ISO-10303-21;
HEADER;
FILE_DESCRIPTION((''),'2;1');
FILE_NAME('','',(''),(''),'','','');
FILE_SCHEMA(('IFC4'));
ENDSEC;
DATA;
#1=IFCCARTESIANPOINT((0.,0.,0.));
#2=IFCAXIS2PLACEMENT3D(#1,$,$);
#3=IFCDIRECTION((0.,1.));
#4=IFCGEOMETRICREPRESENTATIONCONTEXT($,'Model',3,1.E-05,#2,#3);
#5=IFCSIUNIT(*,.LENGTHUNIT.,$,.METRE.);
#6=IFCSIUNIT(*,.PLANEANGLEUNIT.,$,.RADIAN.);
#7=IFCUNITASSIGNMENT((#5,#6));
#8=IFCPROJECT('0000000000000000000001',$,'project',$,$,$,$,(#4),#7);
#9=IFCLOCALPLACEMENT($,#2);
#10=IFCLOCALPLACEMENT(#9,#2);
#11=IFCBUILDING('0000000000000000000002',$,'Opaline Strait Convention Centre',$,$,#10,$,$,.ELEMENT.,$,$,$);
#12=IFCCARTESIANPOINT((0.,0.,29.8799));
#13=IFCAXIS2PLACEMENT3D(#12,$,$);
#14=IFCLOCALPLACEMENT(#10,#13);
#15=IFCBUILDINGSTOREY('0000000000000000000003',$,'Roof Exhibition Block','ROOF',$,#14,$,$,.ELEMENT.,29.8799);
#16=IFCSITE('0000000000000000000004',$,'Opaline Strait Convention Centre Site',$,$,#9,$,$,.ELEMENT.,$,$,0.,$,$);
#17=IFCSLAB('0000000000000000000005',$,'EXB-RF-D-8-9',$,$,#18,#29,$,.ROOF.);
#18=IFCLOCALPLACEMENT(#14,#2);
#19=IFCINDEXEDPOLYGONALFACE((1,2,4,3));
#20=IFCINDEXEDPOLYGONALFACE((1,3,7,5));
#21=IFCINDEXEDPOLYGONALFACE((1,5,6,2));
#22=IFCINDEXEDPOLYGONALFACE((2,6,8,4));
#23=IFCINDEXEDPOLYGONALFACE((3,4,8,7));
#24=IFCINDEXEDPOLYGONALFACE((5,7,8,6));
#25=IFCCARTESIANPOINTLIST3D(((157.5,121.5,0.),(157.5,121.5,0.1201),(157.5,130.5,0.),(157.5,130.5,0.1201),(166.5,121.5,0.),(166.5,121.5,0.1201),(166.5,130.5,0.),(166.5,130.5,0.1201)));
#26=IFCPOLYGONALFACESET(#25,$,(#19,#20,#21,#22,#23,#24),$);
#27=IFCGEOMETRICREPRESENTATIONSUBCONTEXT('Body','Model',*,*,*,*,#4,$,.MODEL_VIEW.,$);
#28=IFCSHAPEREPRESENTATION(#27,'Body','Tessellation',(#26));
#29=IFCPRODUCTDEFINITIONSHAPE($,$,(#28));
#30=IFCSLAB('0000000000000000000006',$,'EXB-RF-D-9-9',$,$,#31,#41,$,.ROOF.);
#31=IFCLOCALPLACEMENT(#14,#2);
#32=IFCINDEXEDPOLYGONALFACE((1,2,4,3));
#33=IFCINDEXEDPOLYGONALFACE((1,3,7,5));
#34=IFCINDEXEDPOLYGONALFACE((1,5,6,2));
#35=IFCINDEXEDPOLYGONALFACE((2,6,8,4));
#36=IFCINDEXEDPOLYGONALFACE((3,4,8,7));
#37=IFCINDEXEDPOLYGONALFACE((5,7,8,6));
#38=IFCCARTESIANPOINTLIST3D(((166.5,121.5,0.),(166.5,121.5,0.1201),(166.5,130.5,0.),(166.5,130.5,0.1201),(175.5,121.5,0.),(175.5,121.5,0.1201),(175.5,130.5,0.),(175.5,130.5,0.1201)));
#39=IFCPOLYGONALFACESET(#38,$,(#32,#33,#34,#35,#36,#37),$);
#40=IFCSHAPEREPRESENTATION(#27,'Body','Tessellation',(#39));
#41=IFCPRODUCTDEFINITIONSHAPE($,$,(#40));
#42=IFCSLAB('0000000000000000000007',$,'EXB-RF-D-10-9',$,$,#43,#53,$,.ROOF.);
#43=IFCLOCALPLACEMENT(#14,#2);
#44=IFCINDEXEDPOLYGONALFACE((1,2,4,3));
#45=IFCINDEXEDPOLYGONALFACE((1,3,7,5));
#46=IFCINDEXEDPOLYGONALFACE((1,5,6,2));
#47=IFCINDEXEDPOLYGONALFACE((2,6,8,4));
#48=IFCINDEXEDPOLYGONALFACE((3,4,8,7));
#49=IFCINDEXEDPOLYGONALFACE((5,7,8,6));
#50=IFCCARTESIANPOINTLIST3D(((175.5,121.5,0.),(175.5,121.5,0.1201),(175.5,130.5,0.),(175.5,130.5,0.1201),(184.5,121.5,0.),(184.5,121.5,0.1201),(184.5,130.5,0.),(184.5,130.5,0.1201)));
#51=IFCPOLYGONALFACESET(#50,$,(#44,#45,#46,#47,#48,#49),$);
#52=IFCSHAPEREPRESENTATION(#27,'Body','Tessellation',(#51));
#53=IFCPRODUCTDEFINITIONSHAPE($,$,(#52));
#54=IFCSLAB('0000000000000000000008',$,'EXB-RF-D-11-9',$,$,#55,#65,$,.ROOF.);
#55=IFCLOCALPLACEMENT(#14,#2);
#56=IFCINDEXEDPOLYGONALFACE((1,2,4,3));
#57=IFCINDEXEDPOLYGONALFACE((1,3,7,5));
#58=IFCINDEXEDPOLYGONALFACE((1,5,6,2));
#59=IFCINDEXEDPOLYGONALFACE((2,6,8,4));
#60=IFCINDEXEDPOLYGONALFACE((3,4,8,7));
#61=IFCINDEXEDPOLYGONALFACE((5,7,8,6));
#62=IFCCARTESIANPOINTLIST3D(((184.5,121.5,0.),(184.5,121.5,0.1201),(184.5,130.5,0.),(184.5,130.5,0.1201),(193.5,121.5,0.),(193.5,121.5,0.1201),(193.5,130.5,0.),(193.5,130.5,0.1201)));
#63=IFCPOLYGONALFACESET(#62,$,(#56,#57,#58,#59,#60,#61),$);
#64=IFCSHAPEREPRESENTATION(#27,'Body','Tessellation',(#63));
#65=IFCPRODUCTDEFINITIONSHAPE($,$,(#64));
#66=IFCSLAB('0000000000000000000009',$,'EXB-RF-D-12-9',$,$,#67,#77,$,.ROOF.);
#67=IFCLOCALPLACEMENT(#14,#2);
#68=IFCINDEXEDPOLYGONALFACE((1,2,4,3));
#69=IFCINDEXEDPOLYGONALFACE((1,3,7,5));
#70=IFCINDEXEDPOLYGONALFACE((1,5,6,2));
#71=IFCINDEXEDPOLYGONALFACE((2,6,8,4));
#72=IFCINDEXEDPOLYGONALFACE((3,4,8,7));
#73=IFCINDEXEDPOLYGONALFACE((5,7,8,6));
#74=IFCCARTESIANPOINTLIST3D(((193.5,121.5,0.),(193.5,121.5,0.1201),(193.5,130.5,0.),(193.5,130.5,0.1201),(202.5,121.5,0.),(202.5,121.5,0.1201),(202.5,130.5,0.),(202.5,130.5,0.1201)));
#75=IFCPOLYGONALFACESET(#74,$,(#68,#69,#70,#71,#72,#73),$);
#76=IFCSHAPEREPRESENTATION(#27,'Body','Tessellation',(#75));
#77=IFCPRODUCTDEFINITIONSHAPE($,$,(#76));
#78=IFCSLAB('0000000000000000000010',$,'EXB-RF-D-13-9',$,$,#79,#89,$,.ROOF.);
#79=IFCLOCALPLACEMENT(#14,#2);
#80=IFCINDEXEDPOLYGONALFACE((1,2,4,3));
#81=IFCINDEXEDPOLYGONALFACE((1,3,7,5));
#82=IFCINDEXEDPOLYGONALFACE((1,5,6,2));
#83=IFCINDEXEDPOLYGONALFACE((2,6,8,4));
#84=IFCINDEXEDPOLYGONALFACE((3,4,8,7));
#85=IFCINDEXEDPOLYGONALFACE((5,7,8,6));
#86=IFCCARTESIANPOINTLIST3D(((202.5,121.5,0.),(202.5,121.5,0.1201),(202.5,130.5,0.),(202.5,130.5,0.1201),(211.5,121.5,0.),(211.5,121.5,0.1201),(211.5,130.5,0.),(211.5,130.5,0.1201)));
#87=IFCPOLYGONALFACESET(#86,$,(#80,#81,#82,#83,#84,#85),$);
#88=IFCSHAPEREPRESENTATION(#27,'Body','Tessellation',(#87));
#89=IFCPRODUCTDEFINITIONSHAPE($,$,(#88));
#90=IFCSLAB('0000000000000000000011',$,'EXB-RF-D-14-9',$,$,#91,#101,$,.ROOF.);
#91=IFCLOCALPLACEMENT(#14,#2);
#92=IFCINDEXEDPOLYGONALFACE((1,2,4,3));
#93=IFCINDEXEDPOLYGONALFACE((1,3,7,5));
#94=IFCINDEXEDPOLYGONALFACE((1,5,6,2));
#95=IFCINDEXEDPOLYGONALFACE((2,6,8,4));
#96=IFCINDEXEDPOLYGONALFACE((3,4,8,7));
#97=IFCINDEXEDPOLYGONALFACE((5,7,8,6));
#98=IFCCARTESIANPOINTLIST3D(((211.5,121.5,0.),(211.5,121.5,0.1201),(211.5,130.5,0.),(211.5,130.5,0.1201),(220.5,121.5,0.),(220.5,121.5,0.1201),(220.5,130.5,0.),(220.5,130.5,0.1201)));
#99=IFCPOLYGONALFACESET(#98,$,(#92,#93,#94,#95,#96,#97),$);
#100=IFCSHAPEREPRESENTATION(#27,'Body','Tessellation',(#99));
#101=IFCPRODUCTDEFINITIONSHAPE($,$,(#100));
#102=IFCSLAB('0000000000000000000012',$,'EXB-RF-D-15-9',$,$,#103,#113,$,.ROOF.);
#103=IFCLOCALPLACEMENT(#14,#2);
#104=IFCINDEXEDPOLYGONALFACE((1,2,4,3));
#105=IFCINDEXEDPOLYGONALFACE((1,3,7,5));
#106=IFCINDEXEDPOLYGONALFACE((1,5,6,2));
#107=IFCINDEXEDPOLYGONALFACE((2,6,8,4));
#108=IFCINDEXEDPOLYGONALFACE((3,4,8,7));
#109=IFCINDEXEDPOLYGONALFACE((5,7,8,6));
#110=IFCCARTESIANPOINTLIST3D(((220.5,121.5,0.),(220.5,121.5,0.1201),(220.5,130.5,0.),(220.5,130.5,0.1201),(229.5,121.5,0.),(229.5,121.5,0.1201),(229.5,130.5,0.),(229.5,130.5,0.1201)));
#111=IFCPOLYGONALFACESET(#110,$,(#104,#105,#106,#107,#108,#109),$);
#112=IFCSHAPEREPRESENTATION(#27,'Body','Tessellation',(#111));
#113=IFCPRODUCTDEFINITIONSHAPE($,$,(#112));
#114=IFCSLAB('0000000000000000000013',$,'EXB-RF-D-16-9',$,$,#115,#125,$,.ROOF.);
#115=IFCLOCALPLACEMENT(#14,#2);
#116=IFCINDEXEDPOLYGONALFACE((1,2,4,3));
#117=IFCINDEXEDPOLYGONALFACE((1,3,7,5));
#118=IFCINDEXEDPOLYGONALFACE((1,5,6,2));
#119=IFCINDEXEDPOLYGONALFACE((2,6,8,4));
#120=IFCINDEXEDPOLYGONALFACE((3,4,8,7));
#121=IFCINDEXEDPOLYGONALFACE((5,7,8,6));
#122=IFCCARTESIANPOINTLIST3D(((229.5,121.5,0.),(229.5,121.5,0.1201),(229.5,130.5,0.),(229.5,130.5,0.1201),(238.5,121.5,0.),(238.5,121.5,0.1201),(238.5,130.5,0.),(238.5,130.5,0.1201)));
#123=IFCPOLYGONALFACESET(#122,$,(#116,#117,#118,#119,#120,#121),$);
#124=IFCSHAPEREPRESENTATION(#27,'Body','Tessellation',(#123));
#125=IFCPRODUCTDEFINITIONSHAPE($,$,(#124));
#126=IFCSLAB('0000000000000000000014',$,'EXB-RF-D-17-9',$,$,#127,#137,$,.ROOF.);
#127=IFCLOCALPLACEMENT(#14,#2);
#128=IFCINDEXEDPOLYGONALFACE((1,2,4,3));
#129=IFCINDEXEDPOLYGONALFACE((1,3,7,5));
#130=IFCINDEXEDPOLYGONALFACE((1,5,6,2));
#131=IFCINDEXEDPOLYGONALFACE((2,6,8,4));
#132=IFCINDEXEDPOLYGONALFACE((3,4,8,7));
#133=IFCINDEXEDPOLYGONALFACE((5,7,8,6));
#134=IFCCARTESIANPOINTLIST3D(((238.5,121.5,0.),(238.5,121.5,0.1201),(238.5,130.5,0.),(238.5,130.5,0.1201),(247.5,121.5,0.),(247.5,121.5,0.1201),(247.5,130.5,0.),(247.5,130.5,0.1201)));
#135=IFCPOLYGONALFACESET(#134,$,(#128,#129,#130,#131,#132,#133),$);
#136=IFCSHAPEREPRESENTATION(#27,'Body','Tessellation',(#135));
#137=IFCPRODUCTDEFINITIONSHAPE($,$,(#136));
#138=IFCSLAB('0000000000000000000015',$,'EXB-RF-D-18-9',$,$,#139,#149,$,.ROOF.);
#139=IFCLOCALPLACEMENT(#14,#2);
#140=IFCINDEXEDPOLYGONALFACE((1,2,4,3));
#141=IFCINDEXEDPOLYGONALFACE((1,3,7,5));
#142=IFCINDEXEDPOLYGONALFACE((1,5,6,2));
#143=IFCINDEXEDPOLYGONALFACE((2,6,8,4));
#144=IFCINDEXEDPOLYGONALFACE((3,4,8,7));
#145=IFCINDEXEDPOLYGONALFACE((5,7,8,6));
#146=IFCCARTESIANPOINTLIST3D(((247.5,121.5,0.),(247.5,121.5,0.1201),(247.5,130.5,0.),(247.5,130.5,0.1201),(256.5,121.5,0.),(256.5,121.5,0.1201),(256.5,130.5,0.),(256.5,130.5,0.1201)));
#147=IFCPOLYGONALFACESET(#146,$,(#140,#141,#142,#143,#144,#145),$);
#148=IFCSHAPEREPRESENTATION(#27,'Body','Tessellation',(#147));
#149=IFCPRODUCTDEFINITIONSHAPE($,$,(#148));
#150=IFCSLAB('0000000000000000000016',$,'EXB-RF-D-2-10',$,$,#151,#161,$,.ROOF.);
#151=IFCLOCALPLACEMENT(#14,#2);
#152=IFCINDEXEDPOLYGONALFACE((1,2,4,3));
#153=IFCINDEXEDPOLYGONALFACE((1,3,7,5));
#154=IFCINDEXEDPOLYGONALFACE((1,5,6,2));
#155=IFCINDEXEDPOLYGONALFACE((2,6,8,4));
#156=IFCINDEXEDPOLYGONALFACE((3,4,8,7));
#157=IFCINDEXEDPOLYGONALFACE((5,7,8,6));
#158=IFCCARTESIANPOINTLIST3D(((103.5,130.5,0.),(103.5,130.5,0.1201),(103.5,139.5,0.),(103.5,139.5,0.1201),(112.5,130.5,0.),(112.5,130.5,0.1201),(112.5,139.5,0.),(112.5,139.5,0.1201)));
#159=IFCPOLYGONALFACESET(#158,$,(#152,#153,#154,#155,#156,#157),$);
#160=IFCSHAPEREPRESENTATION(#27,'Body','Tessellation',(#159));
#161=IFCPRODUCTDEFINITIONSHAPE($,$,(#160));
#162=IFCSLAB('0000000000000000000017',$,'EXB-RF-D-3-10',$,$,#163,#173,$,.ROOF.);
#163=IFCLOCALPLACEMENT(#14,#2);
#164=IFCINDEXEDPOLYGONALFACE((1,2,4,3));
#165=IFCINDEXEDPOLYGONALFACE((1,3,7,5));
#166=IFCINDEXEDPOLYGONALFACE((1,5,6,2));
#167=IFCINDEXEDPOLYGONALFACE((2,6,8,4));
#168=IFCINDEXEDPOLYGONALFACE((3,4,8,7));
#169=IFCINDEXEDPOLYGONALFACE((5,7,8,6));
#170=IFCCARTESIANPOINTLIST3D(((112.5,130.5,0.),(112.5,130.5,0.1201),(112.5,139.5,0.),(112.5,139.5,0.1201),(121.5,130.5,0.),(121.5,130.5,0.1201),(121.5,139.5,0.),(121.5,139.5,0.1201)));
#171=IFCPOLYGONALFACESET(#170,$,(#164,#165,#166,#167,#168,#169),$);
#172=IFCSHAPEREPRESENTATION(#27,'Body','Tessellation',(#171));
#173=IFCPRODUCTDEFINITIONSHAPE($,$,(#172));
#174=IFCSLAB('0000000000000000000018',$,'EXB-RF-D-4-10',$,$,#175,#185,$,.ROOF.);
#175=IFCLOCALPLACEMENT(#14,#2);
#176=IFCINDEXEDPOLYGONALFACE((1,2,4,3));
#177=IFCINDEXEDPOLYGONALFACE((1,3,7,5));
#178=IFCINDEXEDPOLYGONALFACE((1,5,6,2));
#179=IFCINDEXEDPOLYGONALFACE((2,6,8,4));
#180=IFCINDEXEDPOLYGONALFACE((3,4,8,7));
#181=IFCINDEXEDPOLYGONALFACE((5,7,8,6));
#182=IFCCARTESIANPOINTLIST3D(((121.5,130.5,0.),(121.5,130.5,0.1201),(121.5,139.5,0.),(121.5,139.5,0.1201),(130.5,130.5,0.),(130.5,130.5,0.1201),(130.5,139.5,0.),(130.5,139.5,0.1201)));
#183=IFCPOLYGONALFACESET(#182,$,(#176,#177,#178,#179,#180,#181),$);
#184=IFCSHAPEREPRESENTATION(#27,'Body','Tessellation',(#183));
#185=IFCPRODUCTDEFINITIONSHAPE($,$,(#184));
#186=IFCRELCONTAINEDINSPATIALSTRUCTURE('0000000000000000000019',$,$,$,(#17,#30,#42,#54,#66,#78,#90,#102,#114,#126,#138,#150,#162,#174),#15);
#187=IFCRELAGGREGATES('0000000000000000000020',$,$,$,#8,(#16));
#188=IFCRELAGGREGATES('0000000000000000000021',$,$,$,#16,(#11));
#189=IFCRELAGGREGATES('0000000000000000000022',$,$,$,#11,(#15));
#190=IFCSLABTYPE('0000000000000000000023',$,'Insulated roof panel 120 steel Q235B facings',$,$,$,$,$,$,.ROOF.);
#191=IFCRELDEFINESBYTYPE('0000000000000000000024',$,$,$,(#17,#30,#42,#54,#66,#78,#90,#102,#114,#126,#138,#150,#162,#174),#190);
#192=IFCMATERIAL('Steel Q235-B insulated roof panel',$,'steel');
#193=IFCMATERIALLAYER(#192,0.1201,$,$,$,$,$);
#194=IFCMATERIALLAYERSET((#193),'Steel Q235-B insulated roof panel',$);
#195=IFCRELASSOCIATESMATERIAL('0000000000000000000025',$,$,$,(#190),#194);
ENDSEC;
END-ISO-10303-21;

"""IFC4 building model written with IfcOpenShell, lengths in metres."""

from ifc_helpers import new_model, si_unit, direction, frame, origin, place, context, subcontext, project, spatial, polyline, outline, extrude, material, layer, layer_set, type_object, element, save


model = new_model("IFC4")

# Units and contexts
model_context = context("Model", 3, precision=1e-05, world=origin(), true_north=direction((0.0, 1.0)))
body_context = subcontext(model_context, "Body", "Model", "MODEL_VIEW")
ifc_project = project(units=[si_unit("LENGTHUNIT", "METRE"), si_unit("PLANEANGLEUNIT", "RADIAN")], contexts=[model_context])

# Site, building, storey
site_placement = place(None, origin())
site = spatial("IfcSite", under=ifc_project, at=site_placement, Name="Opaline Strait Convention Centre Site", CompositionType="ELEMENT", RefElevation=0.0)
building_placement = place(site_placement, origin())
building = spatial("IfcBuilding", under=site, at=building_placement, Name="Opaline Strait Convention Centre", CompositionType="ELEMENT")
storey_placement = place(building_placement, frame((0.0, 0.0, 29.8799)))
storey = spatial("IfcBuildingStorey", under=building, at=storey_placement, Name="Roof Exhibition Block", Description="ROOF", CompositionType="ELEMENT", Elevation=29.8799)

# Slabs
ifc_material = material(Name="Steel Q235-B insulated roof panel", Category="steel")
ifc_layer = layer(ifc_material, 0.1201)
ifc_layer_set = layer_set([ifc_layer], Name="Steel Q235-B insulated roof panel")
slab_type = type_object("IfcSlabType", Name="Insulated roof panel 120 steel Q235B facings", PredefinedType="ROOF", material=ifc_layer_set)
slab_1_placement = place(storey_placement, origin())
element("IfcSlab", 1, at=slab_1_placement, inside=storey, type_object=slab_type, Name="EXB-RF-D-8-9", PredefinedType="ROOF", context=body_context, shape_type="SweptSolid", body=[
    extrude(outline(polyline([(157.5, 121.5), (166.5, 121.5), (166.5, 130.5), (157.5, 130.5), (157.5, 121.5)])), origin(), (0.0, 0.0, 1.0), 0.1201),
])
slab_2_placement = place(storey_placement, origin())
element("IfcSlab", 2, at=slab_2_placement, inside=storey, type_object=slab_type, Name="EXB-RF-D-9-9", PredefinedType="ROOF", context=body_context, shape_type="SweptSolid", body=[
    extrude(outline(polyline([(166.5, 121.5), (175.5, 121.5), (175.5, 130.5), (166.5, 130.5), (166.5, 121.5)])), origin(), (0.0, 0.0, 1.0), 0.1201),
])
slab_3_placement = place(storey_placement, origin())
element("IfcSlab", 3, at=slab_3_placement, inside=storey, type_object=slab_type, Name="EXB-RF-D-10-9", PredefinedType="ROOF", context=body_context, shape_type="SweptSolid", body=[
    extrude(outline(polyline([(175.5, 121.5), (184.5, 121.5), (184.5, 130.5), (175.5, 130.5), (175.5, 121.5)])), origin(), (0.0, 0.0, 1.0), 0.1201),
])
slab_4_placement = place(storey_placement, origin())
element("IfcSlab", 4, at=slab_4_placement, inside=storey, type_object=slab_type, Name="EXB-RF-D-11-9", PredefinedType="ROOF", context=body_context, shape_type="SweptSolid", body=[
    extrude(outline(polyline([(184.5, 121.5), (193.5, 121.5), (193.5, 130.5), (184.5, 130.5), (184.5, 121.5)])), origin(), (0.0, 0.0, 1.0), 0.1201),
])
slab_5_placement = place(storey_placement, origin())
element("IfcSlab", 5, at=slab_5_placement, inside=storey, type_object=slab_type, Name="EXB-RF-D-12-9", PredefinedType="ROOF", context=body_context, shape_type="SweptSolid", body=[
    extrude(outline(polyline([(193.5, 121.5), (202.5, 121.5), (202.5, 130.5), (193.5, 130.5), (193.5, 121.5)])), origin(), (0.0, 0.0, 1.0), 0.1201),
])
slab_6_placement = place(storey_placement, origin())
element("IfcSlab", 6, at=slab_6_placement, inside=storey, type_object=slab_type, Name="EXB-RF-D-13-9", PredefinedType="ROOF", context=body_context, shape_type="SweptSolid", body=[
    extrude(outline(polyline([(202.5, 121.5), (211.5, 121.5), (211.5, 130.5), (202.5, 130.5), (202.5, 121.5)])), origin(), (0.0, 0.0, 1.0), 0.1201),
])
slab_7_placement = place(storey_placement, origin())
element("IfcSlab", 7, at=slab_7_placement, inside=storey, type_object=slab_type, Name="EXB-RF-D-14-9", PredefinedType="ROOF", context=body_context, shape_type="SweptSolid", body=[
    extrude(outline(polyline([(211.5, 121.5), (220.5, 121.5), (220.5, 130.5), (211.5, 130.5), (211.5, 121.5)])), origin(), (0.0, 0.0, 1.0), 0.1201),
])
slab_8_placement = place(storey_placement, origin())
element("IfcSlab", 8, at=slab_8_placement, inside=storey, type_object=slab_type, Name="EXB-RF-D-15-9", PredefinedType="ROOF", context=body_context, shape_type="SweptSolid", body=[
    extrude(outline(polyline([(220.5, 121.5), (229.5, 121.5), (229.5, 130.5), (220.5, 130.5), (220.5, 121.5)])), origin(), (0.0, 0.0, 1.0), 0.1201),
])
slab_9_placement = place(storey_placement, origin())
element("IfcSlab", 9, at=slab_9_placement, inside=storey, type_object=slab_type, Name="EXB-RF-D-16-9", PredefinedType="ROOF", context=body_context, shape_type="SweptSolid", body=[
    extrude(outline(polyline([(229.5, 121.5), (238.5, 121.5), (238.5, 130.5), (229.5, 130.5), (229.5, 121.5)])), origin(), (0.0, 0.0, 1.0), 0.1201),
])
slab_10_placement = place(storey_placement, origin())
element("IfcSlab", 10, at=slab_10_placement, inside=storey, type_object=slab_type, Name="EXB-RF-D-17-9", PredefinedType="ROOF", context=body_context, shape_type="SweptSolid", body=[
    extrude(outline(polyline([(238.5, 121.5), (247.5, 121.5), (247.5, 130.5), (238.5, 130.5), (238.5, 121.5)])), origin(), (0.0, 0.0, 1.0), 0.1201),
])
slab_11_placement = place(storey_placement, origin())
element("IfcSlab", 11, at=slab_11_placement, inside=storey, type_object=slab_type, Name="EXB-RF-D-18-9", PredefinedType="ROOF", context=body_context, shape_type="SweptSolid", body=[
    extrude(outline(polyline([(247.5, 121.5), (256.5, 121.5), (256.5, 130.5), (247.5, 130.5), (247.5, 121.5)])), origin(), (0.0, 0.0, 1.0), 0.1201),
])
slab_12_placement = place(storey_placement, origin())
element("IfcSlab", 12, at=slab_12_placement, inside=storey, type_object=slab_type, Name="EXB-RF-D-2-10", PredefinedType="ROOF", context=body_context, shape_type="SweptSolid", body=[
    extrude(outline(polyline([(103.5, 130.5), (112.5, 130.5), (112.5, 139.5), (103.5, 139.5), (103.5, 130.5)])), origin(), (0.0, 0.0, 1.0), 0.1201),
])
slab_13_placement = place(storey_placement, origin())
element("IfcSlab", 13, at=slab_13_placement, inside=storey, type_object=slab_type, Name="EXB-RF-D-3-10", PredefinedType="ROOF", context=body_context, shape_type="SweptSolid", body=[
    extrude(outline(polyline([(112.5, 130.5), (121.5, 130.5), (121.5, 139.5), (112.5, 139.5), (112.5, 130.5)])), origin(), (0.0, 0.0, 1.0), 0.1201),
])
slab_14_placement = place(storey_placement, origin())
element("IfcSlab", 14, at=slab_14_placement, inside=storey, type_object=slab_type, Name="EXB-RF-D-4-10", PredefinedType="ROOF", context=body_context, shape_type="SweptSolid", body=[
    extrude(outline(polyline([(121.5, 130.5), (130.5, 130.5), (130.5, 139.5), (121.5, 139.5), (121.5, 130.5)])), origin(), (0.0, 0.0, 1.0), 0.1201),
])

save(model, "model.ifc")
